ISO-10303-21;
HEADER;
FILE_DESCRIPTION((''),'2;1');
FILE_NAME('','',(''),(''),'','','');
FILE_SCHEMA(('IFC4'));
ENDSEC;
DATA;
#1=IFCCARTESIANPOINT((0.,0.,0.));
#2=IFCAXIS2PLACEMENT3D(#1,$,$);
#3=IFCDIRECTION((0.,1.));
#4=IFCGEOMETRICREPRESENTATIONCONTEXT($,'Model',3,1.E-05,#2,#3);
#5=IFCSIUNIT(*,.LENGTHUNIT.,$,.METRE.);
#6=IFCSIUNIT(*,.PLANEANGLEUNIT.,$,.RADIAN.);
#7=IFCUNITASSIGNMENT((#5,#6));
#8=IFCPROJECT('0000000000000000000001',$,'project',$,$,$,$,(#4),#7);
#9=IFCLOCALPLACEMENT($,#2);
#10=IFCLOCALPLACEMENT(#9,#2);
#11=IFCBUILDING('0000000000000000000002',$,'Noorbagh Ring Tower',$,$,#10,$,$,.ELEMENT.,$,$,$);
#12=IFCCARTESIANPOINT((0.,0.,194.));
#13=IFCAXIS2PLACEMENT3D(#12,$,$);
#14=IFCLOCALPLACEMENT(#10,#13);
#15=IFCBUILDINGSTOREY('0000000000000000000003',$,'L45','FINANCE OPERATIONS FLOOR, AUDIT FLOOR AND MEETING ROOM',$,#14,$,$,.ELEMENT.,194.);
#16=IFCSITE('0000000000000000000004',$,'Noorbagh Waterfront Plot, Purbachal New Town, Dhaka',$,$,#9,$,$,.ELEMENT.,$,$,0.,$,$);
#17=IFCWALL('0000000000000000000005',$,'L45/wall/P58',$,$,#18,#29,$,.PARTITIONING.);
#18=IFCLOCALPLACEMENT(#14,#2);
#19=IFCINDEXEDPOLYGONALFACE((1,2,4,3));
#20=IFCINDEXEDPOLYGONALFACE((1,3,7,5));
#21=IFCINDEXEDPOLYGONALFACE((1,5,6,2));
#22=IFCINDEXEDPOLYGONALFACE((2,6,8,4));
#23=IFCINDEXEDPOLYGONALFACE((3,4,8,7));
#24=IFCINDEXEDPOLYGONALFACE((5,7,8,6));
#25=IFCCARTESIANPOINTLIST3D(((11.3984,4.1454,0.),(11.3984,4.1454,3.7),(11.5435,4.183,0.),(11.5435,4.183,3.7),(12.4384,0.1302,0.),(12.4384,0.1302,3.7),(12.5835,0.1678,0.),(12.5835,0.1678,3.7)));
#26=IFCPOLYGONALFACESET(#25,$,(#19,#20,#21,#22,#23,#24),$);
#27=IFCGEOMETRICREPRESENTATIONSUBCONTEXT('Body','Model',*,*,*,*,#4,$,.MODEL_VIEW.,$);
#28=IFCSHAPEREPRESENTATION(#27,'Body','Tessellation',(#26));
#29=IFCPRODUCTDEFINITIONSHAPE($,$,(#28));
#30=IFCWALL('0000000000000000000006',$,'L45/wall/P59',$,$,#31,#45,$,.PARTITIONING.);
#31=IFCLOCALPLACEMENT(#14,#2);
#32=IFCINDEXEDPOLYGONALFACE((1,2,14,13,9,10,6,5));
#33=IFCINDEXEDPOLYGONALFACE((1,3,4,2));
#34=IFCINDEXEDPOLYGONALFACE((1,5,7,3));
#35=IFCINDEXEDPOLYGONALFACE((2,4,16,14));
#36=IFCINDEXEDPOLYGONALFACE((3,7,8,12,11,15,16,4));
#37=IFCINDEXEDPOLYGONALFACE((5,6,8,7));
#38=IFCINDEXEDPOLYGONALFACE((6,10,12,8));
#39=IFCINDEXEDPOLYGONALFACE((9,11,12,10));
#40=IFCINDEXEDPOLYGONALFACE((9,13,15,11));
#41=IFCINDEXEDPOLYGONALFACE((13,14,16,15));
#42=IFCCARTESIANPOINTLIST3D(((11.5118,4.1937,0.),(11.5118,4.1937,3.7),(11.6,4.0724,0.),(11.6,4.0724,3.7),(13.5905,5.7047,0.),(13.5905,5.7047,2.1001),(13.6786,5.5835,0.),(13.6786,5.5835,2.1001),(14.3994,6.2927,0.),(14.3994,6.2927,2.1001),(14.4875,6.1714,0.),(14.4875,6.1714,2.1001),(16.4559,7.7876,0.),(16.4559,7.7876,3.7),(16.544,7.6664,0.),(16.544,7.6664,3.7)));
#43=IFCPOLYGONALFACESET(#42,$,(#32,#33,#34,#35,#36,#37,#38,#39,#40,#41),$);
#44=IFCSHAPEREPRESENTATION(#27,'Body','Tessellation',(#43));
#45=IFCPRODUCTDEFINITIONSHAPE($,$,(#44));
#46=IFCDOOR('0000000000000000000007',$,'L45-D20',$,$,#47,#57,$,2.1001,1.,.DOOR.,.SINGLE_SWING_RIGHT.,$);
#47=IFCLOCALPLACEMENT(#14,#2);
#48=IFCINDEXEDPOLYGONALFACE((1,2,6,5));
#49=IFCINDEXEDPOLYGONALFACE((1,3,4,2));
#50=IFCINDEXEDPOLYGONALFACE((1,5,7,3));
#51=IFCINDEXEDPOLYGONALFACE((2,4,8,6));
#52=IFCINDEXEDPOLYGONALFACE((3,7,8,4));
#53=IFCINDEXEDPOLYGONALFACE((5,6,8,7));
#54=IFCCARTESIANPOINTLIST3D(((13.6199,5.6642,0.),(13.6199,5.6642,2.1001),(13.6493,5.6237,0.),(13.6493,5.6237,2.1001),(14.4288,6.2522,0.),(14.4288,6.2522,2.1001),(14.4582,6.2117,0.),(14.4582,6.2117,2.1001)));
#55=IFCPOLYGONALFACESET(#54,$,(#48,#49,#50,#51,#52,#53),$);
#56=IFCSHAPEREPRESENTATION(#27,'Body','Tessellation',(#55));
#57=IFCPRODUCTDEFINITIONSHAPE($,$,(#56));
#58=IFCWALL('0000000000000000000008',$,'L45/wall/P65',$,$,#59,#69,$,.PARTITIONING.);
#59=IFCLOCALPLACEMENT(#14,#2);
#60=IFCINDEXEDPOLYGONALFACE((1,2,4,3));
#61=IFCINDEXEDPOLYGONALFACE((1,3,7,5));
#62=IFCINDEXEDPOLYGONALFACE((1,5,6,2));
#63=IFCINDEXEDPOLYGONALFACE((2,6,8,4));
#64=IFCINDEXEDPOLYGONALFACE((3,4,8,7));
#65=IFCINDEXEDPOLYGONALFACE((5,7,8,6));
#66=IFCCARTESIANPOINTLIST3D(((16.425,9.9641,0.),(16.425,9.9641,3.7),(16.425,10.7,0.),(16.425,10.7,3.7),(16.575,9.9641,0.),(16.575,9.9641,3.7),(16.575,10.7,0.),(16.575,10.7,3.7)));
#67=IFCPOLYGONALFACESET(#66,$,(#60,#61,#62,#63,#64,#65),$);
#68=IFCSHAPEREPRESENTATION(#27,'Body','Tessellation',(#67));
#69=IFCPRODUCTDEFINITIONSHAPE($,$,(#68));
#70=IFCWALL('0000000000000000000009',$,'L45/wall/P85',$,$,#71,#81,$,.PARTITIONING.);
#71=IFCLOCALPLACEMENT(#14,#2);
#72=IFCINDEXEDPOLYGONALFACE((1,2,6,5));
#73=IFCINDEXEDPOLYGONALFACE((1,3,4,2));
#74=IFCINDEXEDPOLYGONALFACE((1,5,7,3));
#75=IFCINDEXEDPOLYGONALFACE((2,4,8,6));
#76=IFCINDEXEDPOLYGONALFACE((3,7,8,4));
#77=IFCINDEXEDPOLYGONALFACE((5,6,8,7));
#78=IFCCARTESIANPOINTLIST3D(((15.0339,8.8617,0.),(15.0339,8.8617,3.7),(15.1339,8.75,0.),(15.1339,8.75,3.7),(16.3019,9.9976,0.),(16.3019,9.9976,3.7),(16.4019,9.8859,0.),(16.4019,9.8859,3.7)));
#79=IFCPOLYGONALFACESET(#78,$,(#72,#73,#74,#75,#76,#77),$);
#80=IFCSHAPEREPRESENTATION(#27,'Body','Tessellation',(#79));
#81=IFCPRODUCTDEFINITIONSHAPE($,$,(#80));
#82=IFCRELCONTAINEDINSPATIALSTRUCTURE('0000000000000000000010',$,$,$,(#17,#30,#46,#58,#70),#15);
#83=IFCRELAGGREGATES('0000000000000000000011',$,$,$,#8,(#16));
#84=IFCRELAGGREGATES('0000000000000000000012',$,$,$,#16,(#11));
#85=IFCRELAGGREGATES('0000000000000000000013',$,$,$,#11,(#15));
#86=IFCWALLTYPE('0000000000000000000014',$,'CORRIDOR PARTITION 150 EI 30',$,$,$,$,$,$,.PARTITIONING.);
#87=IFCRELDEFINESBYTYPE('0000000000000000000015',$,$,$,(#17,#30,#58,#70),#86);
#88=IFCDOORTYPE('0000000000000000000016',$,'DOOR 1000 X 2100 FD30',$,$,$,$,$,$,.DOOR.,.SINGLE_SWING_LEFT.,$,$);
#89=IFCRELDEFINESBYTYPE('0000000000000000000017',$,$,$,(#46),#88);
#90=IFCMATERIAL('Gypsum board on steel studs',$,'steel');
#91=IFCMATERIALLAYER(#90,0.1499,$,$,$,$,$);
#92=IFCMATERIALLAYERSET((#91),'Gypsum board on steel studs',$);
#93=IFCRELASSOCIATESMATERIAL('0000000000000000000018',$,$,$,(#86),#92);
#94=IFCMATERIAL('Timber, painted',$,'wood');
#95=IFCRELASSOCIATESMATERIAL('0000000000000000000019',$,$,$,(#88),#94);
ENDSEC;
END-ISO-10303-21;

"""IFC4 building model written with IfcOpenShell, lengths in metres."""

from ifc_helpers import new_model, si_unit, direction, frame, frame_2d, origin, place, context, subcontext, project, spatial, rectangle, extrude, material, layer, layer_set, type_object, element, fill, save


model = new_model("IFC4")

# Units and contexts
model_context = context("Model", 3, precision=1e-05, world=origin(), true_north=direction((0.0, 1.0)))
body_context = subcontext(model_context, "Body", "Model", "MODEL_VIEW")
ifc_project = project(units=[si_unit("LENGTHUNIT", "METRE"), si_unit("PLANEANGLEUNIT", "RADIAN")], contexts=[model_context])

# Site, building, storey
site_placement = place(None, origin())
site = spatial("IfcSite", under=ifc_project, at=site_placement, Name="Noorbagh Waterfront Plot, Purbachal New Town, Dhaka", CompositionType="ELEMENT", RefElevation=0.0)
building_placement = place(site_placement, origin())
building = spatial("IfcBuilding", under=site, at=building_placement, Name="Noorbagh Ring Tower", CompositionType="ELEMENT")
storey_placement = place(building_placement, frame((0.0, 0.0, 194.0)))
storey = spatial("IfcBuildingStorey", under=building, at=storey_placement, Name="L45", Description="FINANCE OPERATIONS FLOOR, AUDIT FLOOR AND MEETING ROOM", CompositionType="ELEMENT", Elevation=194.0)

# Shared definitions
ifc_material_1 = material(Name="Gypsum board on steel studs", Category="steel")
ifc_layer_1 = layer(ifc_material_1, 0.1499)
ifc_layer_set_1 = layer_set([ifc_layer_1], Name="Gypsum board on steel studs")
wall_type_1 = type_object("IfcWallType", Name="CORRIDOR PARTITION 150 EI 30", PredefinedType="PARTITIONING", material=ifc_layer_set_1)

# Shared definitions
ifc_material_2 = material(Name="Timber, painted", Category="wood")
door_type_1 = type_object("IfcDoorType", Name="DOOR 1000 X 2100 FD30", OperationType="SINGLE_SWING_LEFT", PredefinedType="DOOR", material=ifc_material_2)

# Wall
wall_1_placement = place(storey_placement, frame((11.4709, 4.1641, 0.0), z_axis=(0.0, 0.0, 1.0), x_axis=(0.250754, -0.968051, 0.0)))
element("IfcWall", 1, at=wall_1_placement, inside=storey, type_object=wall_type_1, Name="L45/wall/P58", PredefinedType="PARTITIONING", context=body_context, shape_type="SweptSolid", body=[
    extrude(rectangle(XDim=4.1477, YDim=0.1499, at=frame_2d((2.0737, 0.0))), origin(), (0.0, 0.0, 1.0), 3.7),
])

# Wall, opening, door
wall_2_placement = place(storey_placement, frame((11.5559, 4.1331, 0.0), z_axis=(0.0, 0.0, 1.0), x_axis=(0.808869, 0.587989, 0.0)))
wall_2 = element("IfcWall", 2, at=wall_2_placement, inside=storey, type_object=wall_type_1, Name="L45/wall/P59", PredefinedType="PARTITIONING", context=body_context, shape_type="SweptSolid", body=[
    extrude(rectangle(XDim=6.1123, YDim=0.1499, at=frame_2d((3.0562, 0.0))), origin(), (0.0, 0.0, 1.0), 3.7),
])
opening_1_placement = place(wall_2_placement, frame((2.5698, 0.0, 0.0)))
opening_1 = element("IfcOpeningElement", 3, at=opening_1_placement, cuts=wall_2, PredefinedType="OPENING", context=body_context, shape_type="SweptSolid", body=[
    extrude(rectangle(XDim=1.0, YDim=2.1001, at=frame_2d((0.5, 1.05))), frame((0.0, 0.085, 0.0), z_axis=(0.0, -1.0, 0.0), x_axis=(1.0, 0.0, 0.0)), (0.0, 0.0, 1.0), 0.1699),
])
door_1_placement = place(opening_1_placement, origin())
door_1 = element("IfcDoor", 4, at=door_1_placement, inside=storey, type_object=door_type_1, Name="L45-D20", OperationType="SINGLE_SWING_RIGHT", OverallHeight=2.1001, OverallWidth=1.0, PredefinedType="DOOR", context=body_context, shape_type="SweptSolid", body=[
    extrude(rectangle(XDim=1.0, YDim=2.1001, at=frame_2d((0.5, 1.05))), frame((0.0, 0.0249, 0.0), z_axis=(0.0, -1.0, 0.0), x_axis=(1.0, 0.0, 0.0)), (0.0, 0.0, 1.0), 0.05),
])
fill(opening_1, door_1)

# Walls
wall_3_placement = place(storey_placement, frame((16.5, 9.9641, 0.0), z_axis=(0.0, 0.0, 1.0), x_axis=(0.0, 1.0, 0.0)))
element("IfcWall", 5, at=wall_3_placement, inside=storey, type_object=wall_type_1, Name="L45/wall/P65", PredefinedType="PARTITIONING", context=body_context, shape_type="SweptSolid", body=[
    extrude(rectangle(XDim=0.7358, YDim=0.1499, at=frame_2d((0.3679, 0.0))), origin(), (0.0, 0.0, 1.0), 3.7),
])
wall_4_placement = place(storey_placement, frame((15.084, 8.8059, 0.0), z_axis=(0.0, 0.0, 1.0), x_axis=(0.744832, 0.667252, 0.0)))
element("IfcWall", 6, at=wall_4_placement, inside=storey, type_object=wall_type_1, Name="L45/wall/P85", PredefinedType="PARTITIONING", context=body_context, shape_type="SweptSolid", body=[
    extrude(rectangle(XDim=1.7024, YDim=0.1499, at=frame_2d((0.8511, 0.0))), origin(), (0.0, 0.0, 1.0), 3.7),
])

save(model, "model.ifc")
